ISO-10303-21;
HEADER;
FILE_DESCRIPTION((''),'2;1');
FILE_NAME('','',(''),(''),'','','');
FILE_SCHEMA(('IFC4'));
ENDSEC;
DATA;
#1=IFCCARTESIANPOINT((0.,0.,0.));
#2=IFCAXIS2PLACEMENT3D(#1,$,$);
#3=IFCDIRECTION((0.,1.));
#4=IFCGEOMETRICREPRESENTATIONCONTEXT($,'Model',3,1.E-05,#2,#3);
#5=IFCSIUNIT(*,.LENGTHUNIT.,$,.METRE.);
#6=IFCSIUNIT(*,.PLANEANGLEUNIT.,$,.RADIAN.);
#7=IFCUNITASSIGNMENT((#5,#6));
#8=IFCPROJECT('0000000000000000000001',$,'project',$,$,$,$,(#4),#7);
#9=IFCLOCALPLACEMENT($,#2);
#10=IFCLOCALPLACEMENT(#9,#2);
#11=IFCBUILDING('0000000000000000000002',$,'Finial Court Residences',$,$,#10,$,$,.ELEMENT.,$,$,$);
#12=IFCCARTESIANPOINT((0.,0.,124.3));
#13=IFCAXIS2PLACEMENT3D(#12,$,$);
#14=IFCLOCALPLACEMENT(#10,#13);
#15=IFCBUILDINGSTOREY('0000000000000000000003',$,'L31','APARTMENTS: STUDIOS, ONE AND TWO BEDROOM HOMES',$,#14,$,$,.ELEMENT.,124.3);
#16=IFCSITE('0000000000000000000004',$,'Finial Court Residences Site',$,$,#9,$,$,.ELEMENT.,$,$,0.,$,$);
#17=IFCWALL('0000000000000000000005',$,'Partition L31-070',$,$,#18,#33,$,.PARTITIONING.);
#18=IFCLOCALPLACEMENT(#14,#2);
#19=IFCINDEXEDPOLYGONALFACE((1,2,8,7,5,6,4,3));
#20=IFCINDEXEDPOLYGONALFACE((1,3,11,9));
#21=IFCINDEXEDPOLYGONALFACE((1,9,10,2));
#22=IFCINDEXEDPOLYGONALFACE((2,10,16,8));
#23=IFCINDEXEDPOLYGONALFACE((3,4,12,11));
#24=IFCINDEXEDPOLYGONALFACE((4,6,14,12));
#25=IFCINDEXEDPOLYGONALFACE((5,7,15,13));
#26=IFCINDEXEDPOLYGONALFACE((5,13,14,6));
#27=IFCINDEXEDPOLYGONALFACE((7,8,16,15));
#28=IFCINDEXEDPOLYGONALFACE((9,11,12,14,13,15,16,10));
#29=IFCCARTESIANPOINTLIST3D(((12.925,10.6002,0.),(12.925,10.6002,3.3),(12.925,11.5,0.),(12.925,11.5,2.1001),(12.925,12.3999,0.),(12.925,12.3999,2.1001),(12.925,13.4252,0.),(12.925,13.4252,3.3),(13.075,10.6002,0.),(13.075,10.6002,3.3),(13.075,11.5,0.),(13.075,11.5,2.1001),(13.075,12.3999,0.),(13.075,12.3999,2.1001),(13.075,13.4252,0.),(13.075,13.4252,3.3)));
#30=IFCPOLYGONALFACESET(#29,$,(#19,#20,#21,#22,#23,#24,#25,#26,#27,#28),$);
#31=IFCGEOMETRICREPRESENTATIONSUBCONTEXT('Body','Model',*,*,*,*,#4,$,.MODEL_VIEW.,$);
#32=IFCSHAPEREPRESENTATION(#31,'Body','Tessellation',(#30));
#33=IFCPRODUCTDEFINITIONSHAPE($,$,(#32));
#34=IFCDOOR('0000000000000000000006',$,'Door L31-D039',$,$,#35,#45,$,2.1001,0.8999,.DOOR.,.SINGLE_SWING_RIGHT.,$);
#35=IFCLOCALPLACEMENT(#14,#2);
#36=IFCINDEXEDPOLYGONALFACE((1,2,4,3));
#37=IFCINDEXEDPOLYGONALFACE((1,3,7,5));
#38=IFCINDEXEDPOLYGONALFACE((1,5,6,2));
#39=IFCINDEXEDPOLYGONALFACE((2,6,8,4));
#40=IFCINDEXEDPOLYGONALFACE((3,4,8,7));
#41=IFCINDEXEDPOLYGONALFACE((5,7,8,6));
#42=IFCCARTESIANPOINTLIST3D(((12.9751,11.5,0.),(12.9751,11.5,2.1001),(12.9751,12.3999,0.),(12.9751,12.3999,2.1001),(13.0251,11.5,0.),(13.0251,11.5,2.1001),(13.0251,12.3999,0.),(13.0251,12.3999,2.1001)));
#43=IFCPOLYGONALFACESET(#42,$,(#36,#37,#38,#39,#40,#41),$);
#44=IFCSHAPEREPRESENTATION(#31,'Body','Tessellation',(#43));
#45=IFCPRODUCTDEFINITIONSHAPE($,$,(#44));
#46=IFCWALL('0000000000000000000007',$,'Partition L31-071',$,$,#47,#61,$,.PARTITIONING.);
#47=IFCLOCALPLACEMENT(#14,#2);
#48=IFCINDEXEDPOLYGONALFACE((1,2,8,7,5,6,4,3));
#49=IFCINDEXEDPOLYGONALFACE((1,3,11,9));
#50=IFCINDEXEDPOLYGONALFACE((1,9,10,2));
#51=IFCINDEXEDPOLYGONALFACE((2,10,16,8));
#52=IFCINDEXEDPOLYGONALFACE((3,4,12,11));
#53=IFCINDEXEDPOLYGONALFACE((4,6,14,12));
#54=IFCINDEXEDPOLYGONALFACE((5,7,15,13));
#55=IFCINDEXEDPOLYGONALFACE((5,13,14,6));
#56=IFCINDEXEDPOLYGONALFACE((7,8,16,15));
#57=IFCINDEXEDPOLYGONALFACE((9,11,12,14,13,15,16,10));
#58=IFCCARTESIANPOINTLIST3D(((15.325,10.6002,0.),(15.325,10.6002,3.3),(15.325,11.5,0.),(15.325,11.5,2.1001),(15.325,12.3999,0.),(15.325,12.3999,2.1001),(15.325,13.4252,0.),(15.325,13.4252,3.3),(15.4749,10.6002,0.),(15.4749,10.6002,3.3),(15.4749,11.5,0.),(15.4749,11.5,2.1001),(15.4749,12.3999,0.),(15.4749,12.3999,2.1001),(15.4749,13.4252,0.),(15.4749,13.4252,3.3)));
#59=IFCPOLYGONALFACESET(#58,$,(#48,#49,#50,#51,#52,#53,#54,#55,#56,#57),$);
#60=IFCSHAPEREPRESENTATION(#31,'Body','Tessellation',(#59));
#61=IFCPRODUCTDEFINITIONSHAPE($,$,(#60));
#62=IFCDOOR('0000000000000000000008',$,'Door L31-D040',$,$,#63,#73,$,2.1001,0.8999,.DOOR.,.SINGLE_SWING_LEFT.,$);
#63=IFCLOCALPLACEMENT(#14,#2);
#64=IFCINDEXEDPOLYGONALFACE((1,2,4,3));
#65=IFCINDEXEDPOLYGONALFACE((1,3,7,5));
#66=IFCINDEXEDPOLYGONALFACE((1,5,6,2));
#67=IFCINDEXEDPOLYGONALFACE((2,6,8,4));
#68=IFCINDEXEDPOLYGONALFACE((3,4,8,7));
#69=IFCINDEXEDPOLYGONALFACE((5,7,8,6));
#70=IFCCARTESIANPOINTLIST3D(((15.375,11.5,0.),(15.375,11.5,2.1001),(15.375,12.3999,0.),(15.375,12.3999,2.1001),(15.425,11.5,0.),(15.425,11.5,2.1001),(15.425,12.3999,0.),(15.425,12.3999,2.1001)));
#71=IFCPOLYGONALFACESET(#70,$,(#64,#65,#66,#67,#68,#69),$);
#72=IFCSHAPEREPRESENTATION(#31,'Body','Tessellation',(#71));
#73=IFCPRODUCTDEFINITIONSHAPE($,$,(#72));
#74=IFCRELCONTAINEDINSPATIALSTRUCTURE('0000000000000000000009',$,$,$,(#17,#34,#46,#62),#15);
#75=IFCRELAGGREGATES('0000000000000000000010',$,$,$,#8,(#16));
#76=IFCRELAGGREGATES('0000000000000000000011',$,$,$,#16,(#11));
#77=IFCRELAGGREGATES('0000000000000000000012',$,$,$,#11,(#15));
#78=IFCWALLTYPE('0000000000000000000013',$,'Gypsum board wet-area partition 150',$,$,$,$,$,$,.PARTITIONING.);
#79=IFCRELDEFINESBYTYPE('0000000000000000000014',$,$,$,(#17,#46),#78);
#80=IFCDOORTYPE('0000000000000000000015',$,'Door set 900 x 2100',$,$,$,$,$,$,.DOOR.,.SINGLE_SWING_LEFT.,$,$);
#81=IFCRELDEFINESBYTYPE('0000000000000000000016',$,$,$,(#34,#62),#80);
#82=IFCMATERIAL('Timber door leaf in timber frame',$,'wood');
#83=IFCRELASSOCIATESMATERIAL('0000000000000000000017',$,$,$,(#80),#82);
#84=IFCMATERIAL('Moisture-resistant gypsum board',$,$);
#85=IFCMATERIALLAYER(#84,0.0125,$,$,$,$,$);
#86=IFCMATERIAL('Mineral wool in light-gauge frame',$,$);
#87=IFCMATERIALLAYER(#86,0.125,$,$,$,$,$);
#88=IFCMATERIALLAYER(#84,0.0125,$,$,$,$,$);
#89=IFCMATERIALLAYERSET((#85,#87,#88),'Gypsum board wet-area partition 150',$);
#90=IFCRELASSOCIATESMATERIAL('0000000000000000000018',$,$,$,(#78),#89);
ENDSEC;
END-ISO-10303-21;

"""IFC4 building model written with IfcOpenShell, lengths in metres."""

from ifc_helpers import new_model, si_unit, direction, frame, frame_2d, origin, place, context, subcontext, project, spatial, rectangle, extrude, material, layer, layer_set, type_object, element, fill, save


model = new_model("IFC4")

# Units and contexts
model_context = context("Model", 3, precision=1e-05, world=origin(), true_north=direction((0.0, 1.0)))
body_context = subcontext(model_context, "Body", "Model", "MODEL_VIEW")
ifc_project = project(units=[si_unit("LENGTHUNIT", "METRE"), si_unit("PLANEANGLEUNIT", "RADIAN")], contexts=[model_context])

# Site, building, storey
site_placement = place(None, origin())
site = spatial("IfcSite", under=ifc_project, at=site_placement, Name="Finial Court Residences Site", CompositionType="ELEMENT", RefElevation=0.0)
building_placement = place(site_placement, origin())
building = spatial("IfcBuilding", under=site, at=building_placement, Name="Finial Court Residences", CompositionType="ELEMENT")
storey_placement = place(building_placement, frame((0.0, 0.0, 124.3)))
storey = spatial("IfcBuildingStorey", under=building, at=storey_placement, Name="L31", Description="APARTMENTS: STUDIOS, ONE AND TWO BEDROOM HOMES", CompositionType="ELEMENT", Elevation=124.3)

# Shared definitions
ifc_material_1 = material(Name="Mineral wool in light-gauge frame")

# Shared definitions
ifc_material_2 = material(Name="Timber door leaf in timber frame", Category="wood")
door_type = type_object("IfcDoorType", Name="Door set 900 x 2100", OperationType="SINGLE_SWING_LEFT", PredefinedType="DOOR", material=ifc_material_2)

# Shared definitions
ifc_material_3 = material(Name="Moisture-resistant gypsum board")
ifc_layer_1 = layer(ifc_material_3, 0.0125)
ifc_layer_2 = layer(ifc_material_1, 0.125)
ifc_layer_3 = layer(ifc_material_3, 0.0125)
ifc_layer_set_1 = layer_set([ifc_layer_1, ifc_layer_2, ifc_layer_3], Name="Gypsum board wet-area partition 150")
wall_type_1 = type_object("IfcWallType", Name="Gypsum board wet-area partition 150", PredefinedType="PARTITIONING", material=ifc_layer_set_1)

# Walls, openings, doors
wall_1_placement = place(storey_placement, frame((13.0, 10.6001, 0.0), z_axis=(0.0, 0.0, 1.0), x_axis=(0.0, 1.0, 0.0)))
wall_1 = element("IfcWall", 1, at=wall_1_placement, inside=storey, type_object=wall_type_1, Name="Partition L31-070", PredefinedType="PARTITIONING", context=body_context, shape_type="SweptSolid", body=[
    extrude(rectangle(XDim=2.825, YDim=0.1499, at=frame_2d((1.4126, 0.0))), origin(), (0.0, 0.0, 1.0), 3.3),
])
opening_1_placement = place(wall_1_placement, frame((0.8999, 0.0, 0.0)))
opening_1 = element("IfcOpeningElement", 2, at=opening_1_placement, cuts=wall_1, PredefinedType="OPENING", context=body_context, shape_type="SweptSolid", body=[
    extrude(rectangle(XDim=0.8999, YDim=2.1001, at=frame_2d((0.45, 1.05))), frame((0.0, 0.085, 0.0), z_axis=(0.0, -1.0, 0.0), x_axis=(1.0, 0.0, 0.0)), (0.0, 0.0, 1.0), 0.1699),
])
door_1_placement = place(opening_1_placement, origin())
door_1 = element("IfcDoor", 3, at=door_1_placement, inside=storey, type_object=door_type, Name="Door L31-D039", OperationType="SINGLE_SWING_RIGHT", OverallHeight=2.1001, OverallWidth=0.8999, PredefinedType="DOOR", context=body_context, shape_type="SweptSolid", body=[
    extrude(rectangle(XDim=0.8999, YDim=2.1001, at=frame_2d((0.45, 1.05))), frame((0.0, 0.0249, 0.0), z_axis=(0.0, -1.0, 0.0), x_axis=(1.0, 0.0, 0.0)), (0.0, 0.0, 1.0), 0.05),
])
fill(opening_1, door_1)
wall_2_placement = place(storey_placement, frame((15.3999, 10.6001, 0.0), z_axis=(0.0, 0.0, 1.0), x_axis=(0.0, 1.0, 0.0)))
wall_2 = element("IfcWall", 4, at=wall_2_placement, inside=storey, type_object=wall_type_1, Name="Partition L31-071", PredefinedType="PARTITIONING", context=body_context, shape_type="SweptSolid", body=[
    extrude(rectangle(XDim=2.825, YDim=0.1499, at=frame_2d((1.4126, 0.0))), origin(), (0.0, 0.0, 1.0), 3.3),
])
opening_2_placement = place(wall_2_placement, frame((0.8999, 0.0, 0.0)))
opening_2 = element("IfcOpeningElement", 5, at=opening_2_placement, cuts=wall_2, PredefinedType="OPENING", context=body_context, shape_type="SweptSolid", body=[
    extrude(rectangle(XDim=0.8999, YDim=2.1001, at=frame_2d((0.45, 1.05))), frame((0.0, 0.085, 0.0), z_axis=(0.0, -1.0, 0.0), x_axis=(1.0, 0.0, 0.0)), (0.0, 0.0, 1.0), 0.1699),
])
door_2_placement = place(opening_2_placement, origin())
door_2 = element("IfcDoor", 6, at=door_2_placement, inside=storey, type_object=door_type, Name="Door L31-D040", OperationType="SINGLE_SWING_LEFT", OverallHeight=2.1001, OverallWidth=0.8999, PredefinedType="DOOR", context=body_context, shape_type="SweptSolid", body=[
    extrude(rectangle(XDim=0.8999, YDim=2.1001, at=frame_2d((0.45, 1.05))), frame((0.0, 0.0249, 0.0), z_axis=(0.0, -1.0, 0.0), x_axis=(1.0, 0.0, 0.0)), (0.0, 0.0, 1.0), 0.05),
])
fill(opening_2, door_2)

save(model, "model.ifc")
